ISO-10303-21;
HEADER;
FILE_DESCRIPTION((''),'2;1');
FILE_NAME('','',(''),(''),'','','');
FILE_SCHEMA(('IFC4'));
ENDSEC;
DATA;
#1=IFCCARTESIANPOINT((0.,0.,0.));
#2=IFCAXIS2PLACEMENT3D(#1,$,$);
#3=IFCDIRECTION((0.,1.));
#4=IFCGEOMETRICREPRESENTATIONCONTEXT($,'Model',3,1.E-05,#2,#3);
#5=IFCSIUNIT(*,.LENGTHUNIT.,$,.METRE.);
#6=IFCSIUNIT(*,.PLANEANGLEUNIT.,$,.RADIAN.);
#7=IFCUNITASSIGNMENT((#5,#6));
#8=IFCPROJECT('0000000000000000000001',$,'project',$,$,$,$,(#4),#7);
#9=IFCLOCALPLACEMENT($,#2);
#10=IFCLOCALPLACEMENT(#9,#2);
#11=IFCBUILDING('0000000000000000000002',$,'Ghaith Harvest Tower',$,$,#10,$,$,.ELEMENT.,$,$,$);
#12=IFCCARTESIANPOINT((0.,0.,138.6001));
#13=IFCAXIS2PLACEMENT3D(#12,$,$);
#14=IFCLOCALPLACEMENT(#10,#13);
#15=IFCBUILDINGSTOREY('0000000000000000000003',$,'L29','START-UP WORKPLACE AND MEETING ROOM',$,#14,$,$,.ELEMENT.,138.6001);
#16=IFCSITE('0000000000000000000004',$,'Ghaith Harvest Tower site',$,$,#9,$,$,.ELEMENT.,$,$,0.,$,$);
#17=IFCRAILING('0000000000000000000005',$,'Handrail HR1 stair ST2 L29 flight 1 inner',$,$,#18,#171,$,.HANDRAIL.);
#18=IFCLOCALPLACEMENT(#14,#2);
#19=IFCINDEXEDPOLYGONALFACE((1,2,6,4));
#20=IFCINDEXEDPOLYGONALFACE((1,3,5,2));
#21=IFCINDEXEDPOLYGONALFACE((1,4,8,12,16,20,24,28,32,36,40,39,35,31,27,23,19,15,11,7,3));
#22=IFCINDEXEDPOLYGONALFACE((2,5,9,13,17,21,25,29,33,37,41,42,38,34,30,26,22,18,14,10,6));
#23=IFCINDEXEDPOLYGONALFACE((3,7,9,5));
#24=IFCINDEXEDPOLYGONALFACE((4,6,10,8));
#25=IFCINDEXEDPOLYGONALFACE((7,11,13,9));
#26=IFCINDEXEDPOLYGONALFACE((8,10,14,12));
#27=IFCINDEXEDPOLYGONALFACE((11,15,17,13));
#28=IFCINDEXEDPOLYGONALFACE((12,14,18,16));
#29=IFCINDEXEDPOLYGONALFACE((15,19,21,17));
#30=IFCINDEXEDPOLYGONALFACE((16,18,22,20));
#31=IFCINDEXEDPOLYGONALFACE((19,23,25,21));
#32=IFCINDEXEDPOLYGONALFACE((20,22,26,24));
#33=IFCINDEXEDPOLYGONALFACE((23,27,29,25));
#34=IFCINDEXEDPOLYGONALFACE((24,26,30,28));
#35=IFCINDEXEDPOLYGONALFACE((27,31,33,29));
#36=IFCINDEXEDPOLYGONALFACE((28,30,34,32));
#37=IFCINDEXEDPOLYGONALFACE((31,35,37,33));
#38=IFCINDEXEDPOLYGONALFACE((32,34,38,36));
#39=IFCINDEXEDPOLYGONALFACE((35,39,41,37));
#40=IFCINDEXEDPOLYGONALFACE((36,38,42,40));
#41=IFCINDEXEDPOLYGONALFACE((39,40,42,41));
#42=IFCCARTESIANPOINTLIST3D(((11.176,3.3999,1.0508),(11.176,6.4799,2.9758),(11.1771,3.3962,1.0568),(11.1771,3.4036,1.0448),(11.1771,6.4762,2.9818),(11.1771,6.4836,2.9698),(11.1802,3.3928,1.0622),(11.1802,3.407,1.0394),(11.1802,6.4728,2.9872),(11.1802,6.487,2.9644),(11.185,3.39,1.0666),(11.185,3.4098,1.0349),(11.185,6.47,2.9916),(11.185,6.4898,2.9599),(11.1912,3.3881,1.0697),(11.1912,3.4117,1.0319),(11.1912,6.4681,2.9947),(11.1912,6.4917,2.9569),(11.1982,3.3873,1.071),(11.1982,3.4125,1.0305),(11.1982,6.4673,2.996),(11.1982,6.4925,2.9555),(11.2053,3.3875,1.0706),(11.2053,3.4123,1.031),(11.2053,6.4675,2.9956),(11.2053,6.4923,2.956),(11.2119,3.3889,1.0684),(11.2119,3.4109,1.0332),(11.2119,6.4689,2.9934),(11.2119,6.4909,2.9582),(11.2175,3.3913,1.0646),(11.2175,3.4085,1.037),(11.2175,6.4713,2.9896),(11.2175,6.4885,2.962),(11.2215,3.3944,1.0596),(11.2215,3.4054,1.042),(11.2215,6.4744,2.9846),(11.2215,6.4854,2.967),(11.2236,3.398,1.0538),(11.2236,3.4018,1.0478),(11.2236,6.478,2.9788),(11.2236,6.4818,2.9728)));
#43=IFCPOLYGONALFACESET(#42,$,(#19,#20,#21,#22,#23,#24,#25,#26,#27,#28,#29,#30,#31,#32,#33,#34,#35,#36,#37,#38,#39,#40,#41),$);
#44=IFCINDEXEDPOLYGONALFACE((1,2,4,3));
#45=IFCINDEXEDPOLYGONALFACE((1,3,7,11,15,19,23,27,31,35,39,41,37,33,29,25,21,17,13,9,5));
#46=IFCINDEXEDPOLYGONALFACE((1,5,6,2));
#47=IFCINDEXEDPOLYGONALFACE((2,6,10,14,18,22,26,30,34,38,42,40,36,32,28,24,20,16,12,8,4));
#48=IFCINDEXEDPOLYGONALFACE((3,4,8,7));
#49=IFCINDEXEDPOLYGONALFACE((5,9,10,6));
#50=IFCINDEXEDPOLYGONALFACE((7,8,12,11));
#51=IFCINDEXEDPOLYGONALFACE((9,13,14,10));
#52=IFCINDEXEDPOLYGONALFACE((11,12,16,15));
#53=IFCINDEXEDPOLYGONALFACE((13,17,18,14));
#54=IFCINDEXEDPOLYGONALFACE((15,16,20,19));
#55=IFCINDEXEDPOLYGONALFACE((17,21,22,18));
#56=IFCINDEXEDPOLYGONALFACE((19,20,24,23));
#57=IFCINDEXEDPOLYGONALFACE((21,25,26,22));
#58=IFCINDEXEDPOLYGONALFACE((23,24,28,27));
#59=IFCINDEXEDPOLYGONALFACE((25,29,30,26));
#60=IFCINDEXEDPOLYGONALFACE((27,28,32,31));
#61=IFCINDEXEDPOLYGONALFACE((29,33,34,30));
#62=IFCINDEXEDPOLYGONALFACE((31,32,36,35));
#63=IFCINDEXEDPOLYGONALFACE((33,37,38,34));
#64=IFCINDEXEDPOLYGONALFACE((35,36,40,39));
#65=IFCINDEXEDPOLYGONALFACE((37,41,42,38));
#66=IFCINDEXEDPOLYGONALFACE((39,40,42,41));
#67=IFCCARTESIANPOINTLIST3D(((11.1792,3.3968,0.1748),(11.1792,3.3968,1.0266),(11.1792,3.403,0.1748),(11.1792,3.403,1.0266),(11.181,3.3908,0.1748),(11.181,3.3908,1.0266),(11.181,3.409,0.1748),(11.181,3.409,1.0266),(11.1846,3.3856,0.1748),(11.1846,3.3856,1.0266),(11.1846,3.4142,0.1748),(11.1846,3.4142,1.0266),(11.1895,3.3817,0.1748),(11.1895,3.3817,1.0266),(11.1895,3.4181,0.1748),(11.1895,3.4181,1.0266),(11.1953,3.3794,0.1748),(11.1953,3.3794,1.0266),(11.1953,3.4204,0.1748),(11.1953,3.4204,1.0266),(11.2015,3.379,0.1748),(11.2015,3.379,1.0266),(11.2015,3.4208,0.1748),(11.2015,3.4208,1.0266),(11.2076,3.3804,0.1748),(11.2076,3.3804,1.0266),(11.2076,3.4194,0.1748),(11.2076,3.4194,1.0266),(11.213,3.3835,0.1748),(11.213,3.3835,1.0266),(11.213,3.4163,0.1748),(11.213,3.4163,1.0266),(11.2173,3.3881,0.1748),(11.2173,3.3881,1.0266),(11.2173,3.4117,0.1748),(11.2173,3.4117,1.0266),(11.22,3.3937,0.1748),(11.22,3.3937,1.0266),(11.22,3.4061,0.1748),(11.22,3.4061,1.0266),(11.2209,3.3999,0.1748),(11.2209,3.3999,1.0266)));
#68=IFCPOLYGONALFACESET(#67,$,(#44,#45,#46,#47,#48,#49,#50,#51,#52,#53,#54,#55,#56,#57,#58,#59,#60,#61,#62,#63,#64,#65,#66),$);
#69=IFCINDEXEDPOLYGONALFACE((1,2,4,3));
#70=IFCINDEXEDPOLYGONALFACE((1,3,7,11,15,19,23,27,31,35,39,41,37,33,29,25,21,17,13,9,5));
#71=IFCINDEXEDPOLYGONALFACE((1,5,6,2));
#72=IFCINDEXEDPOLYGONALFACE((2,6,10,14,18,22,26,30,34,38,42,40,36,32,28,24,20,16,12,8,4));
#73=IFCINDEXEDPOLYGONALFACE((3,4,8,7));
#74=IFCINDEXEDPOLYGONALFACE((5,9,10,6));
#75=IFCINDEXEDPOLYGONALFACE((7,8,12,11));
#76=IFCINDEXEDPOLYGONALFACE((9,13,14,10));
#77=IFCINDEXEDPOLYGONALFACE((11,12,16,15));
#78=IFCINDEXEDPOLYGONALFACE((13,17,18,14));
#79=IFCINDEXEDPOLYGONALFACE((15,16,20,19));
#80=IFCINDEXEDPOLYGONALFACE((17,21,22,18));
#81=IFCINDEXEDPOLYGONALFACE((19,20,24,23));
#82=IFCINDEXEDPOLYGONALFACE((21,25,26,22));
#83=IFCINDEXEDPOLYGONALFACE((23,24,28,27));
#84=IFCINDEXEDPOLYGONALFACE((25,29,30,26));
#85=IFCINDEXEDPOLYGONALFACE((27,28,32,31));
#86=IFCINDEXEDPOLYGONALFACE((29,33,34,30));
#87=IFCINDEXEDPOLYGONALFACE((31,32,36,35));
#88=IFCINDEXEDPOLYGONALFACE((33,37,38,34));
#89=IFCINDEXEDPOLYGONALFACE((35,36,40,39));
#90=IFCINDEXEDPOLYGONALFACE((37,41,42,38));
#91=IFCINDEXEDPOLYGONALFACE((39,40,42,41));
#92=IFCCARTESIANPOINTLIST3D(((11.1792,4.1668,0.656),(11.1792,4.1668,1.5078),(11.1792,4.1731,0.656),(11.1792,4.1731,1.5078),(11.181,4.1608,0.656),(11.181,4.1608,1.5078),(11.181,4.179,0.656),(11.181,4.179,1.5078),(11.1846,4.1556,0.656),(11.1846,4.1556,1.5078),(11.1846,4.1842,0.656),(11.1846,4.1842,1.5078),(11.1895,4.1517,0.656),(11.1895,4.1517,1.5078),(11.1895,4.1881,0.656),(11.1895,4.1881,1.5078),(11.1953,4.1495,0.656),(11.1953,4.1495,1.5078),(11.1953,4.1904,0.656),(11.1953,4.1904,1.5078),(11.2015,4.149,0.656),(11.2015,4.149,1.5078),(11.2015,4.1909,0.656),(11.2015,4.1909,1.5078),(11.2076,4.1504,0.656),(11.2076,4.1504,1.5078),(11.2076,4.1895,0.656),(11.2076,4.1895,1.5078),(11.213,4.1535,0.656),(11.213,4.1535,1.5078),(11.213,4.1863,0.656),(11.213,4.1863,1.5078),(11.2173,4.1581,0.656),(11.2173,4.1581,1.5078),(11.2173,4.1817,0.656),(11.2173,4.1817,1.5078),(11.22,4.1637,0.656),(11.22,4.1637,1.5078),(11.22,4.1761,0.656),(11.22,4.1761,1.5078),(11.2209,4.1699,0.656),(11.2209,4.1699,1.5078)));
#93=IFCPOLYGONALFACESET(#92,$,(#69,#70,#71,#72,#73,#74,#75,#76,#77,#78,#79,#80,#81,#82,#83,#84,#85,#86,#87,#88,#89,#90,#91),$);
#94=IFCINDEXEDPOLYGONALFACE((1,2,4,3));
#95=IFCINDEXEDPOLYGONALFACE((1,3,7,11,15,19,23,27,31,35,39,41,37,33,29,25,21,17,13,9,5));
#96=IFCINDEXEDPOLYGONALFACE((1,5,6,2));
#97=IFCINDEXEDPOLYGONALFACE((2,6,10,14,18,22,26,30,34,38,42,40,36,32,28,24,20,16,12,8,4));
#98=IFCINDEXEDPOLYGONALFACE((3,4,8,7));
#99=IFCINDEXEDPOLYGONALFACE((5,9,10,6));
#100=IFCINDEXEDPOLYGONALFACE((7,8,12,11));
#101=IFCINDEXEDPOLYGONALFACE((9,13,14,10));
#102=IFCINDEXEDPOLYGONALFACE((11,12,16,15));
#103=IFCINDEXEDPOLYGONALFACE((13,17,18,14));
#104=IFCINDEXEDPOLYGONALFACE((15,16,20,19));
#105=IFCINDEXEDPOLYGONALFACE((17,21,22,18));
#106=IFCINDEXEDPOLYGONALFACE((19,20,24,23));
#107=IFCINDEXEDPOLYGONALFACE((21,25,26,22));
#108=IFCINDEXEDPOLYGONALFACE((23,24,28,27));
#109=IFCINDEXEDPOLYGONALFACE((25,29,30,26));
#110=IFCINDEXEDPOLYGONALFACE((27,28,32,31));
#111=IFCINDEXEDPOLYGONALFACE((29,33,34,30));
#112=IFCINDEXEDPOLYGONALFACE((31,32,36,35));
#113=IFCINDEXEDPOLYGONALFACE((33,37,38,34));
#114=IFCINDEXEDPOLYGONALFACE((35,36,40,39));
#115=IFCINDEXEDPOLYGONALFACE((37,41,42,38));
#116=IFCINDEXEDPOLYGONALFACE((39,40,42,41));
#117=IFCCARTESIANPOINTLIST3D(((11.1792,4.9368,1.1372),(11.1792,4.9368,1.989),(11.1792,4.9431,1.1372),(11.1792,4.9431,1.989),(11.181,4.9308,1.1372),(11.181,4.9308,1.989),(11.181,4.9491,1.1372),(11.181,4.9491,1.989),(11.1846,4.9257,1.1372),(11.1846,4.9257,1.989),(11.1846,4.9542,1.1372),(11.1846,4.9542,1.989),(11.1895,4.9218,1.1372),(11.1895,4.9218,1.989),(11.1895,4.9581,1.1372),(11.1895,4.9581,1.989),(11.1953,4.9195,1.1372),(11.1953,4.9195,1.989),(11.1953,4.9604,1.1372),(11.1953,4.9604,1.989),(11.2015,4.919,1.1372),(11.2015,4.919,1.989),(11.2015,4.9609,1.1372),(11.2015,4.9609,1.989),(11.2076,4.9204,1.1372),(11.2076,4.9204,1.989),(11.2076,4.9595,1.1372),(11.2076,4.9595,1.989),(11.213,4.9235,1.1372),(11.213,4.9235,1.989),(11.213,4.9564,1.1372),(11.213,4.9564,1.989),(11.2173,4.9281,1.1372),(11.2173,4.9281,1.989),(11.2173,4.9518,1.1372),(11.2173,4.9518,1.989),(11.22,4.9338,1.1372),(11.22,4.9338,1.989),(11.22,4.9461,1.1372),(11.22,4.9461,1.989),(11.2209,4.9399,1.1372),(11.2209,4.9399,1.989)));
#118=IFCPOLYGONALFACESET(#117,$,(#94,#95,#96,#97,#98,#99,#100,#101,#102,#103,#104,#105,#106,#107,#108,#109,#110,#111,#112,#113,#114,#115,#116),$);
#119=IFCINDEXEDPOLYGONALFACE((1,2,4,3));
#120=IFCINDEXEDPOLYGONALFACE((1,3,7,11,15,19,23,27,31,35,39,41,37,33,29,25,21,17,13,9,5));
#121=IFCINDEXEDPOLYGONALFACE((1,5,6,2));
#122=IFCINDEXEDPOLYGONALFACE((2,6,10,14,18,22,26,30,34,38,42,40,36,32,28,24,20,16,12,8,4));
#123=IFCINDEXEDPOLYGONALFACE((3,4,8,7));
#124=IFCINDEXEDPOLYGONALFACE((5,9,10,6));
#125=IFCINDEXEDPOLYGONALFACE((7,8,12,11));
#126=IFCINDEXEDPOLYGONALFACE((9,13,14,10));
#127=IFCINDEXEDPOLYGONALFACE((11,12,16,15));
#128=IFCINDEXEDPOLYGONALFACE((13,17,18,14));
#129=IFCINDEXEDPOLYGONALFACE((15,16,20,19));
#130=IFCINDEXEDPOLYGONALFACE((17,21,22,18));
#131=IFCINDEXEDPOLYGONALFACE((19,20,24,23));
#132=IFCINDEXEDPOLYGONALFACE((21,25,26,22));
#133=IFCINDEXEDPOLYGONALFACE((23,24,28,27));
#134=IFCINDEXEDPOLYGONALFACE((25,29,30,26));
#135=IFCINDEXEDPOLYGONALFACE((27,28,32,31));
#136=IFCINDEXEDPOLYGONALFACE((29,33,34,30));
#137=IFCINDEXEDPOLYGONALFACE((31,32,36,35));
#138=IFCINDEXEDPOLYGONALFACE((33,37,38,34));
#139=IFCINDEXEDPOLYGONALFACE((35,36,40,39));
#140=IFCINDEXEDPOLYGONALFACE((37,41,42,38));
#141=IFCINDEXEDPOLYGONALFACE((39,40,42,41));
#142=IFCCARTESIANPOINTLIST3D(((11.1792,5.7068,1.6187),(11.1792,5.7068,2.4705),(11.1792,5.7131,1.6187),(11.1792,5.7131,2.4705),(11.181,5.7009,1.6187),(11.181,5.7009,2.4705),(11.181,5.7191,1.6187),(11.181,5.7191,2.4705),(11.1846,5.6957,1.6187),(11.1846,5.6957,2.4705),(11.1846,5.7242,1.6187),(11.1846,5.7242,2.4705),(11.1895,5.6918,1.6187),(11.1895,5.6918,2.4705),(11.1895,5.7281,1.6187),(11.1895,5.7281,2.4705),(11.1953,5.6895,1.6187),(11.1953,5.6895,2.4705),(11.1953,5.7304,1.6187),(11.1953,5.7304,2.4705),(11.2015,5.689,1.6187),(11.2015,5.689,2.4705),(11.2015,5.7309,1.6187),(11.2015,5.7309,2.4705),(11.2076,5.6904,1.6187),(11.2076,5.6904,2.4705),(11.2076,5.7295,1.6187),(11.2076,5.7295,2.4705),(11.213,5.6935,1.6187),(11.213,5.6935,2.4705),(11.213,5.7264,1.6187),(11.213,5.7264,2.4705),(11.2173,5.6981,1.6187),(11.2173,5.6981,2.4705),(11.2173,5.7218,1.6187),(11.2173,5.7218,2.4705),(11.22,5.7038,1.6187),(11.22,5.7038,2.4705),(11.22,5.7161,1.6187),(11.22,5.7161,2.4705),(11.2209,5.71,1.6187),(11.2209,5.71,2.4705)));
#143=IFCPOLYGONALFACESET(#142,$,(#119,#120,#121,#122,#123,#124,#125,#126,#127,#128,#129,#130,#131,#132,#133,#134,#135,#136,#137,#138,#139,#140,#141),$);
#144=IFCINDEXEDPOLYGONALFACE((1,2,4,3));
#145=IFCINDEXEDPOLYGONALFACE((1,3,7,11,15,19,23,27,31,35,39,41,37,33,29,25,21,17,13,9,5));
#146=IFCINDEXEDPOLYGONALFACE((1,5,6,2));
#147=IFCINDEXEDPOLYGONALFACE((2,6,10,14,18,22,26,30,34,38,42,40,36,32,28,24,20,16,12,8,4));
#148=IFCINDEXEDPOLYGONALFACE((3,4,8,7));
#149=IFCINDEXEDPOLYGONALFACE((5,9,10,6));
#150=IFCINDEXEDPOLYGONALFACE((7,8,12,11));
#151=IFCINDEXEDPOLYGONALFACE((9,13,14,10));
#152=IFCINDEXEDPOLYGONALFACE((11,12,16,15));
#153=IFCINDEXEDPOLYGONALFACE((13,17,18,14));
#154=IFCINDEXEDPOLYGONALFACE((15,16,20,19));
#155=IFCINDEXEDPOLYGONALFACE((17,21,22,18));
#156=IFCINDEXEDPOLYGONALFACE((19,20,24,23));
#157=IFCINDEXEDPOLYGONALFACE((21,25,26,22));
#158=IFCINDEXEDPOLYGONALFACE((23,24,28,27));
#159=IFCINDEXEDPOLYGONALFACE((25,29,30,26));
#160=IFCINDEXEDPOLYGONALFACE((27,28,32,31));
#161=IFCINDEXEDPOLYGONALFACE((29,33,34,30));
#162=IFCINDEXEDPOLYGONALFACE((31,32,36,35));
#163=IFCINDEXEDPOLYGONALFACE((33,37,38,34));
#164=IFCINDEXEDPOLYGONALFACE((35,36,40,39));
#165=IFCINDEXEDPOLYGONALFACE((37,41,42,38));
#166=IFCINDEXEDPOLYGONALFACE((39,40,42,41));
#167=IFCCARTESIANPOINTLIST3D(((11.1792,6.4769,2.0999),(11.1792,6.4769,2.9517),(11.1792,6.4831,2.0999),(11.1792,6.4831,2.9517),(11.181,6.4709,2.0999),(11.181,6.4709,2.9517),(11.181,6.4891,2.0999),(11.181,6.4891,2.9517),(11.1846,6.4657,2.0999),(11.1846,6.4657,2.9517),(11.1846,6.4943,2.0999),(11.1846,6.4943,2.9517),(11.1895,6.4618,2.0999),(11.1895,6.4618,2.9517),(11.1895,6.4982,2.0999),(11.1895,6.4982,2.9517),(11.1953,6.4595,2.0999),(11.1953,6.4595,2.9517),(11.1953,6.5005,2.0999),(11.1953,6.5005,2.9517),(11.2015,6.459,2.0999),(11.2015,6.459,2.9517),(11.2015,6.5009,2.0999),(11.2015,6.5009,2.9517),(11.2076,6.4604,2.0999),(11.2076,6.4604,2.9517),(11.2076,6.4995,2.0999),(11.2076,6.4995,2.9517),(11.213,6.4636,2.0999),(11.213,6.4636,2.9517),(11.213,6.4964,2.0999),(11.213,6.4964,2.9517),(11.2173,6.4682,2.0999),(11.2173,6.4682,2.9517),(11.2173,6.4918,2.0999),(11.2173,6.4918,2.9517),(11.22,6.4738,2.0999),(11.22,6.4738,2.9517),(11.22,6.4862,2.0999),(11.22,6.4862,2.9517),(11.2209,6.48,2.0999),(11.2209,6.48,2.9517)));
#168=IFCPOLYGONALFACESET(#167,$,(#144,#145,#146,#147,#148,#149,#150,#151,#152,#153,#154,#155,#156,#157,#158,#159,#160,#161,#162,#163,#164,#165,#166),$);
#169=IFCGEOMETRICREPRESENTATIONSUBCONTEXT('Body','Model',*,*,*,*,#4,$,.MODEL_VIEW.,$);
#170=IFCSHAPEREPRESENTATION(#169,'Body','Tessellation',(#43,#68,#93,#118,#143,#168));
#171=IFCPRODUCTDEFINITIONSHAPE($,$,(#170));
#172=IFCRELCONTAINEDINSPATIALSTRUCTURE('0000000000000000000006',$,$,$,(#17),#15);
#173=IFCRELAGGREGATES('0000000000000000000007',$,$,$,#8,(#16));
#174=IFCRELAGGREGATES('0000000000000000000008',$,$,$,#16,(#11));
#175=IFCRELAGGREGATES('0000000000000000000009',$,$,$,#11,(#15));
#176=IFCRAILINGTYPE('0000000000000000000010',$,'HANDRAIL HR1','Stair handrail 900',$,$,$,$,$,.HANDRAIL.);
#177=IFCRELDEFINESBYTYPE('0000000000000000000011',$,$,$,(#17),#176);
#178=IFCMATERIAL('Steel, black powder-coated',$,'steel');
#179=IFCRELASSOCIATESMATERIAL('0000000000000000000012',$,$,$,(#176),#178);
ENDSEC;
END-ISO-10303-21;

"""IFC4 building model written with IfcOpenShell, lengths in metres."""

from ifc_helpers import new_model, si_unit, direction, frame, origin, origin_2d, place, context, subcontext, project, spatial, circle, extrude, material, type_object, element, save


model = new_model("IFC4")

# Units and contexts
model_context = context("Model", 3, precision=1e-05, world=origin(), true_north=direction((0.0, 1.0)))
body_context = subcontext(model_context, "Body", "Model", "MODEL_VIEW")
ifc_project = project(units=[si_unit("LENGTHUNIT", "METRE"), si_unit("PLANEANGLEUNIT", "RADIAN")], contexts=[model_context])

# Site, building, storey
site_placement = place(None, origin())
site = spatial("IfcSite", under=ifc_project, at=site_placement, Name="Ghaith Harvest Tower site", CompositionType="ELEMENT", RefElevation=0.0)
building_placement = place(site_placement, origin())
building = spatial("IfcBuilding", under=site, at=building_placement, Name="Ghaith Harvest Tower", CompositionType="ELEMENT")
storey_placement = place(building_placement, frame((0.0, 0.0, 138.6001)))
storey = spatial("IfcBuildingStorey", under=building, at=storey_placement, Name="L29", Description="START-UP WORKPLACE AND MEETING ROOM", CompositionType="ELEMENT", Elevation=138.6001)

# Railing
ifc_material_1 = material(Name="Steel, black powder-coated", Category="steel")
railing_type = type_object("IfcRailingType", Name="HANDRAIL HR1", Description="Stair handrail 900", PredefinedType="HANDRAIL", material=ifc_material_1)
railing_1_placement = place(storey_placement, frame((11.2, 3.3999, 0.1748)))
element("IfcRailing", 1, at=railing_1_placement, inside=storey, type_object=railing_type, Name="Handrail HR1 stair ST2 L29 flight 1 inner", PredefinedType="HANDRAIL", context=body_context, shape_type="SweptSolid", body=[
    extrude(circle(Radius=0.0239, at=origin_2d()), frame((0.0, 0.0, 0.876), z_axis=(0.0, 0.847998, 0.529999), x_axis=(-1.0, 0.0, 0.0)), (0.0, 0.0, 1.0), 3.6321),
    extrude(circle(Radius=0.021, at=origin_2d()), origin(), (0.0, 0.0, 1.0), 0.8518),
    extrude(circle(Radius=0.021, at=origin_2d()), frame((0.0, 0.77, 0.4812)), (0.0, 0.0, 1.0), 0.8518),
    extrude(circle(Radius=0.021, at=origin_2d()), frame((0.0, 1.54, 0.9624)), (0.0, 0.0, 1.0), 0.8518),
    extrude(circle(Radius=0.021, at=origin_2d()), frame((0.0, 2.3101, 1.4438)), (0.0, 0.0, 1.0), 0.8518),
    extrude(circle(Radius=0.021, at=origin_2d()), frame((0.0, 3.0801, 1.925)), (0.0, 0.0, 1.0), 0.8518),
])

save(model, "model.ifc")
